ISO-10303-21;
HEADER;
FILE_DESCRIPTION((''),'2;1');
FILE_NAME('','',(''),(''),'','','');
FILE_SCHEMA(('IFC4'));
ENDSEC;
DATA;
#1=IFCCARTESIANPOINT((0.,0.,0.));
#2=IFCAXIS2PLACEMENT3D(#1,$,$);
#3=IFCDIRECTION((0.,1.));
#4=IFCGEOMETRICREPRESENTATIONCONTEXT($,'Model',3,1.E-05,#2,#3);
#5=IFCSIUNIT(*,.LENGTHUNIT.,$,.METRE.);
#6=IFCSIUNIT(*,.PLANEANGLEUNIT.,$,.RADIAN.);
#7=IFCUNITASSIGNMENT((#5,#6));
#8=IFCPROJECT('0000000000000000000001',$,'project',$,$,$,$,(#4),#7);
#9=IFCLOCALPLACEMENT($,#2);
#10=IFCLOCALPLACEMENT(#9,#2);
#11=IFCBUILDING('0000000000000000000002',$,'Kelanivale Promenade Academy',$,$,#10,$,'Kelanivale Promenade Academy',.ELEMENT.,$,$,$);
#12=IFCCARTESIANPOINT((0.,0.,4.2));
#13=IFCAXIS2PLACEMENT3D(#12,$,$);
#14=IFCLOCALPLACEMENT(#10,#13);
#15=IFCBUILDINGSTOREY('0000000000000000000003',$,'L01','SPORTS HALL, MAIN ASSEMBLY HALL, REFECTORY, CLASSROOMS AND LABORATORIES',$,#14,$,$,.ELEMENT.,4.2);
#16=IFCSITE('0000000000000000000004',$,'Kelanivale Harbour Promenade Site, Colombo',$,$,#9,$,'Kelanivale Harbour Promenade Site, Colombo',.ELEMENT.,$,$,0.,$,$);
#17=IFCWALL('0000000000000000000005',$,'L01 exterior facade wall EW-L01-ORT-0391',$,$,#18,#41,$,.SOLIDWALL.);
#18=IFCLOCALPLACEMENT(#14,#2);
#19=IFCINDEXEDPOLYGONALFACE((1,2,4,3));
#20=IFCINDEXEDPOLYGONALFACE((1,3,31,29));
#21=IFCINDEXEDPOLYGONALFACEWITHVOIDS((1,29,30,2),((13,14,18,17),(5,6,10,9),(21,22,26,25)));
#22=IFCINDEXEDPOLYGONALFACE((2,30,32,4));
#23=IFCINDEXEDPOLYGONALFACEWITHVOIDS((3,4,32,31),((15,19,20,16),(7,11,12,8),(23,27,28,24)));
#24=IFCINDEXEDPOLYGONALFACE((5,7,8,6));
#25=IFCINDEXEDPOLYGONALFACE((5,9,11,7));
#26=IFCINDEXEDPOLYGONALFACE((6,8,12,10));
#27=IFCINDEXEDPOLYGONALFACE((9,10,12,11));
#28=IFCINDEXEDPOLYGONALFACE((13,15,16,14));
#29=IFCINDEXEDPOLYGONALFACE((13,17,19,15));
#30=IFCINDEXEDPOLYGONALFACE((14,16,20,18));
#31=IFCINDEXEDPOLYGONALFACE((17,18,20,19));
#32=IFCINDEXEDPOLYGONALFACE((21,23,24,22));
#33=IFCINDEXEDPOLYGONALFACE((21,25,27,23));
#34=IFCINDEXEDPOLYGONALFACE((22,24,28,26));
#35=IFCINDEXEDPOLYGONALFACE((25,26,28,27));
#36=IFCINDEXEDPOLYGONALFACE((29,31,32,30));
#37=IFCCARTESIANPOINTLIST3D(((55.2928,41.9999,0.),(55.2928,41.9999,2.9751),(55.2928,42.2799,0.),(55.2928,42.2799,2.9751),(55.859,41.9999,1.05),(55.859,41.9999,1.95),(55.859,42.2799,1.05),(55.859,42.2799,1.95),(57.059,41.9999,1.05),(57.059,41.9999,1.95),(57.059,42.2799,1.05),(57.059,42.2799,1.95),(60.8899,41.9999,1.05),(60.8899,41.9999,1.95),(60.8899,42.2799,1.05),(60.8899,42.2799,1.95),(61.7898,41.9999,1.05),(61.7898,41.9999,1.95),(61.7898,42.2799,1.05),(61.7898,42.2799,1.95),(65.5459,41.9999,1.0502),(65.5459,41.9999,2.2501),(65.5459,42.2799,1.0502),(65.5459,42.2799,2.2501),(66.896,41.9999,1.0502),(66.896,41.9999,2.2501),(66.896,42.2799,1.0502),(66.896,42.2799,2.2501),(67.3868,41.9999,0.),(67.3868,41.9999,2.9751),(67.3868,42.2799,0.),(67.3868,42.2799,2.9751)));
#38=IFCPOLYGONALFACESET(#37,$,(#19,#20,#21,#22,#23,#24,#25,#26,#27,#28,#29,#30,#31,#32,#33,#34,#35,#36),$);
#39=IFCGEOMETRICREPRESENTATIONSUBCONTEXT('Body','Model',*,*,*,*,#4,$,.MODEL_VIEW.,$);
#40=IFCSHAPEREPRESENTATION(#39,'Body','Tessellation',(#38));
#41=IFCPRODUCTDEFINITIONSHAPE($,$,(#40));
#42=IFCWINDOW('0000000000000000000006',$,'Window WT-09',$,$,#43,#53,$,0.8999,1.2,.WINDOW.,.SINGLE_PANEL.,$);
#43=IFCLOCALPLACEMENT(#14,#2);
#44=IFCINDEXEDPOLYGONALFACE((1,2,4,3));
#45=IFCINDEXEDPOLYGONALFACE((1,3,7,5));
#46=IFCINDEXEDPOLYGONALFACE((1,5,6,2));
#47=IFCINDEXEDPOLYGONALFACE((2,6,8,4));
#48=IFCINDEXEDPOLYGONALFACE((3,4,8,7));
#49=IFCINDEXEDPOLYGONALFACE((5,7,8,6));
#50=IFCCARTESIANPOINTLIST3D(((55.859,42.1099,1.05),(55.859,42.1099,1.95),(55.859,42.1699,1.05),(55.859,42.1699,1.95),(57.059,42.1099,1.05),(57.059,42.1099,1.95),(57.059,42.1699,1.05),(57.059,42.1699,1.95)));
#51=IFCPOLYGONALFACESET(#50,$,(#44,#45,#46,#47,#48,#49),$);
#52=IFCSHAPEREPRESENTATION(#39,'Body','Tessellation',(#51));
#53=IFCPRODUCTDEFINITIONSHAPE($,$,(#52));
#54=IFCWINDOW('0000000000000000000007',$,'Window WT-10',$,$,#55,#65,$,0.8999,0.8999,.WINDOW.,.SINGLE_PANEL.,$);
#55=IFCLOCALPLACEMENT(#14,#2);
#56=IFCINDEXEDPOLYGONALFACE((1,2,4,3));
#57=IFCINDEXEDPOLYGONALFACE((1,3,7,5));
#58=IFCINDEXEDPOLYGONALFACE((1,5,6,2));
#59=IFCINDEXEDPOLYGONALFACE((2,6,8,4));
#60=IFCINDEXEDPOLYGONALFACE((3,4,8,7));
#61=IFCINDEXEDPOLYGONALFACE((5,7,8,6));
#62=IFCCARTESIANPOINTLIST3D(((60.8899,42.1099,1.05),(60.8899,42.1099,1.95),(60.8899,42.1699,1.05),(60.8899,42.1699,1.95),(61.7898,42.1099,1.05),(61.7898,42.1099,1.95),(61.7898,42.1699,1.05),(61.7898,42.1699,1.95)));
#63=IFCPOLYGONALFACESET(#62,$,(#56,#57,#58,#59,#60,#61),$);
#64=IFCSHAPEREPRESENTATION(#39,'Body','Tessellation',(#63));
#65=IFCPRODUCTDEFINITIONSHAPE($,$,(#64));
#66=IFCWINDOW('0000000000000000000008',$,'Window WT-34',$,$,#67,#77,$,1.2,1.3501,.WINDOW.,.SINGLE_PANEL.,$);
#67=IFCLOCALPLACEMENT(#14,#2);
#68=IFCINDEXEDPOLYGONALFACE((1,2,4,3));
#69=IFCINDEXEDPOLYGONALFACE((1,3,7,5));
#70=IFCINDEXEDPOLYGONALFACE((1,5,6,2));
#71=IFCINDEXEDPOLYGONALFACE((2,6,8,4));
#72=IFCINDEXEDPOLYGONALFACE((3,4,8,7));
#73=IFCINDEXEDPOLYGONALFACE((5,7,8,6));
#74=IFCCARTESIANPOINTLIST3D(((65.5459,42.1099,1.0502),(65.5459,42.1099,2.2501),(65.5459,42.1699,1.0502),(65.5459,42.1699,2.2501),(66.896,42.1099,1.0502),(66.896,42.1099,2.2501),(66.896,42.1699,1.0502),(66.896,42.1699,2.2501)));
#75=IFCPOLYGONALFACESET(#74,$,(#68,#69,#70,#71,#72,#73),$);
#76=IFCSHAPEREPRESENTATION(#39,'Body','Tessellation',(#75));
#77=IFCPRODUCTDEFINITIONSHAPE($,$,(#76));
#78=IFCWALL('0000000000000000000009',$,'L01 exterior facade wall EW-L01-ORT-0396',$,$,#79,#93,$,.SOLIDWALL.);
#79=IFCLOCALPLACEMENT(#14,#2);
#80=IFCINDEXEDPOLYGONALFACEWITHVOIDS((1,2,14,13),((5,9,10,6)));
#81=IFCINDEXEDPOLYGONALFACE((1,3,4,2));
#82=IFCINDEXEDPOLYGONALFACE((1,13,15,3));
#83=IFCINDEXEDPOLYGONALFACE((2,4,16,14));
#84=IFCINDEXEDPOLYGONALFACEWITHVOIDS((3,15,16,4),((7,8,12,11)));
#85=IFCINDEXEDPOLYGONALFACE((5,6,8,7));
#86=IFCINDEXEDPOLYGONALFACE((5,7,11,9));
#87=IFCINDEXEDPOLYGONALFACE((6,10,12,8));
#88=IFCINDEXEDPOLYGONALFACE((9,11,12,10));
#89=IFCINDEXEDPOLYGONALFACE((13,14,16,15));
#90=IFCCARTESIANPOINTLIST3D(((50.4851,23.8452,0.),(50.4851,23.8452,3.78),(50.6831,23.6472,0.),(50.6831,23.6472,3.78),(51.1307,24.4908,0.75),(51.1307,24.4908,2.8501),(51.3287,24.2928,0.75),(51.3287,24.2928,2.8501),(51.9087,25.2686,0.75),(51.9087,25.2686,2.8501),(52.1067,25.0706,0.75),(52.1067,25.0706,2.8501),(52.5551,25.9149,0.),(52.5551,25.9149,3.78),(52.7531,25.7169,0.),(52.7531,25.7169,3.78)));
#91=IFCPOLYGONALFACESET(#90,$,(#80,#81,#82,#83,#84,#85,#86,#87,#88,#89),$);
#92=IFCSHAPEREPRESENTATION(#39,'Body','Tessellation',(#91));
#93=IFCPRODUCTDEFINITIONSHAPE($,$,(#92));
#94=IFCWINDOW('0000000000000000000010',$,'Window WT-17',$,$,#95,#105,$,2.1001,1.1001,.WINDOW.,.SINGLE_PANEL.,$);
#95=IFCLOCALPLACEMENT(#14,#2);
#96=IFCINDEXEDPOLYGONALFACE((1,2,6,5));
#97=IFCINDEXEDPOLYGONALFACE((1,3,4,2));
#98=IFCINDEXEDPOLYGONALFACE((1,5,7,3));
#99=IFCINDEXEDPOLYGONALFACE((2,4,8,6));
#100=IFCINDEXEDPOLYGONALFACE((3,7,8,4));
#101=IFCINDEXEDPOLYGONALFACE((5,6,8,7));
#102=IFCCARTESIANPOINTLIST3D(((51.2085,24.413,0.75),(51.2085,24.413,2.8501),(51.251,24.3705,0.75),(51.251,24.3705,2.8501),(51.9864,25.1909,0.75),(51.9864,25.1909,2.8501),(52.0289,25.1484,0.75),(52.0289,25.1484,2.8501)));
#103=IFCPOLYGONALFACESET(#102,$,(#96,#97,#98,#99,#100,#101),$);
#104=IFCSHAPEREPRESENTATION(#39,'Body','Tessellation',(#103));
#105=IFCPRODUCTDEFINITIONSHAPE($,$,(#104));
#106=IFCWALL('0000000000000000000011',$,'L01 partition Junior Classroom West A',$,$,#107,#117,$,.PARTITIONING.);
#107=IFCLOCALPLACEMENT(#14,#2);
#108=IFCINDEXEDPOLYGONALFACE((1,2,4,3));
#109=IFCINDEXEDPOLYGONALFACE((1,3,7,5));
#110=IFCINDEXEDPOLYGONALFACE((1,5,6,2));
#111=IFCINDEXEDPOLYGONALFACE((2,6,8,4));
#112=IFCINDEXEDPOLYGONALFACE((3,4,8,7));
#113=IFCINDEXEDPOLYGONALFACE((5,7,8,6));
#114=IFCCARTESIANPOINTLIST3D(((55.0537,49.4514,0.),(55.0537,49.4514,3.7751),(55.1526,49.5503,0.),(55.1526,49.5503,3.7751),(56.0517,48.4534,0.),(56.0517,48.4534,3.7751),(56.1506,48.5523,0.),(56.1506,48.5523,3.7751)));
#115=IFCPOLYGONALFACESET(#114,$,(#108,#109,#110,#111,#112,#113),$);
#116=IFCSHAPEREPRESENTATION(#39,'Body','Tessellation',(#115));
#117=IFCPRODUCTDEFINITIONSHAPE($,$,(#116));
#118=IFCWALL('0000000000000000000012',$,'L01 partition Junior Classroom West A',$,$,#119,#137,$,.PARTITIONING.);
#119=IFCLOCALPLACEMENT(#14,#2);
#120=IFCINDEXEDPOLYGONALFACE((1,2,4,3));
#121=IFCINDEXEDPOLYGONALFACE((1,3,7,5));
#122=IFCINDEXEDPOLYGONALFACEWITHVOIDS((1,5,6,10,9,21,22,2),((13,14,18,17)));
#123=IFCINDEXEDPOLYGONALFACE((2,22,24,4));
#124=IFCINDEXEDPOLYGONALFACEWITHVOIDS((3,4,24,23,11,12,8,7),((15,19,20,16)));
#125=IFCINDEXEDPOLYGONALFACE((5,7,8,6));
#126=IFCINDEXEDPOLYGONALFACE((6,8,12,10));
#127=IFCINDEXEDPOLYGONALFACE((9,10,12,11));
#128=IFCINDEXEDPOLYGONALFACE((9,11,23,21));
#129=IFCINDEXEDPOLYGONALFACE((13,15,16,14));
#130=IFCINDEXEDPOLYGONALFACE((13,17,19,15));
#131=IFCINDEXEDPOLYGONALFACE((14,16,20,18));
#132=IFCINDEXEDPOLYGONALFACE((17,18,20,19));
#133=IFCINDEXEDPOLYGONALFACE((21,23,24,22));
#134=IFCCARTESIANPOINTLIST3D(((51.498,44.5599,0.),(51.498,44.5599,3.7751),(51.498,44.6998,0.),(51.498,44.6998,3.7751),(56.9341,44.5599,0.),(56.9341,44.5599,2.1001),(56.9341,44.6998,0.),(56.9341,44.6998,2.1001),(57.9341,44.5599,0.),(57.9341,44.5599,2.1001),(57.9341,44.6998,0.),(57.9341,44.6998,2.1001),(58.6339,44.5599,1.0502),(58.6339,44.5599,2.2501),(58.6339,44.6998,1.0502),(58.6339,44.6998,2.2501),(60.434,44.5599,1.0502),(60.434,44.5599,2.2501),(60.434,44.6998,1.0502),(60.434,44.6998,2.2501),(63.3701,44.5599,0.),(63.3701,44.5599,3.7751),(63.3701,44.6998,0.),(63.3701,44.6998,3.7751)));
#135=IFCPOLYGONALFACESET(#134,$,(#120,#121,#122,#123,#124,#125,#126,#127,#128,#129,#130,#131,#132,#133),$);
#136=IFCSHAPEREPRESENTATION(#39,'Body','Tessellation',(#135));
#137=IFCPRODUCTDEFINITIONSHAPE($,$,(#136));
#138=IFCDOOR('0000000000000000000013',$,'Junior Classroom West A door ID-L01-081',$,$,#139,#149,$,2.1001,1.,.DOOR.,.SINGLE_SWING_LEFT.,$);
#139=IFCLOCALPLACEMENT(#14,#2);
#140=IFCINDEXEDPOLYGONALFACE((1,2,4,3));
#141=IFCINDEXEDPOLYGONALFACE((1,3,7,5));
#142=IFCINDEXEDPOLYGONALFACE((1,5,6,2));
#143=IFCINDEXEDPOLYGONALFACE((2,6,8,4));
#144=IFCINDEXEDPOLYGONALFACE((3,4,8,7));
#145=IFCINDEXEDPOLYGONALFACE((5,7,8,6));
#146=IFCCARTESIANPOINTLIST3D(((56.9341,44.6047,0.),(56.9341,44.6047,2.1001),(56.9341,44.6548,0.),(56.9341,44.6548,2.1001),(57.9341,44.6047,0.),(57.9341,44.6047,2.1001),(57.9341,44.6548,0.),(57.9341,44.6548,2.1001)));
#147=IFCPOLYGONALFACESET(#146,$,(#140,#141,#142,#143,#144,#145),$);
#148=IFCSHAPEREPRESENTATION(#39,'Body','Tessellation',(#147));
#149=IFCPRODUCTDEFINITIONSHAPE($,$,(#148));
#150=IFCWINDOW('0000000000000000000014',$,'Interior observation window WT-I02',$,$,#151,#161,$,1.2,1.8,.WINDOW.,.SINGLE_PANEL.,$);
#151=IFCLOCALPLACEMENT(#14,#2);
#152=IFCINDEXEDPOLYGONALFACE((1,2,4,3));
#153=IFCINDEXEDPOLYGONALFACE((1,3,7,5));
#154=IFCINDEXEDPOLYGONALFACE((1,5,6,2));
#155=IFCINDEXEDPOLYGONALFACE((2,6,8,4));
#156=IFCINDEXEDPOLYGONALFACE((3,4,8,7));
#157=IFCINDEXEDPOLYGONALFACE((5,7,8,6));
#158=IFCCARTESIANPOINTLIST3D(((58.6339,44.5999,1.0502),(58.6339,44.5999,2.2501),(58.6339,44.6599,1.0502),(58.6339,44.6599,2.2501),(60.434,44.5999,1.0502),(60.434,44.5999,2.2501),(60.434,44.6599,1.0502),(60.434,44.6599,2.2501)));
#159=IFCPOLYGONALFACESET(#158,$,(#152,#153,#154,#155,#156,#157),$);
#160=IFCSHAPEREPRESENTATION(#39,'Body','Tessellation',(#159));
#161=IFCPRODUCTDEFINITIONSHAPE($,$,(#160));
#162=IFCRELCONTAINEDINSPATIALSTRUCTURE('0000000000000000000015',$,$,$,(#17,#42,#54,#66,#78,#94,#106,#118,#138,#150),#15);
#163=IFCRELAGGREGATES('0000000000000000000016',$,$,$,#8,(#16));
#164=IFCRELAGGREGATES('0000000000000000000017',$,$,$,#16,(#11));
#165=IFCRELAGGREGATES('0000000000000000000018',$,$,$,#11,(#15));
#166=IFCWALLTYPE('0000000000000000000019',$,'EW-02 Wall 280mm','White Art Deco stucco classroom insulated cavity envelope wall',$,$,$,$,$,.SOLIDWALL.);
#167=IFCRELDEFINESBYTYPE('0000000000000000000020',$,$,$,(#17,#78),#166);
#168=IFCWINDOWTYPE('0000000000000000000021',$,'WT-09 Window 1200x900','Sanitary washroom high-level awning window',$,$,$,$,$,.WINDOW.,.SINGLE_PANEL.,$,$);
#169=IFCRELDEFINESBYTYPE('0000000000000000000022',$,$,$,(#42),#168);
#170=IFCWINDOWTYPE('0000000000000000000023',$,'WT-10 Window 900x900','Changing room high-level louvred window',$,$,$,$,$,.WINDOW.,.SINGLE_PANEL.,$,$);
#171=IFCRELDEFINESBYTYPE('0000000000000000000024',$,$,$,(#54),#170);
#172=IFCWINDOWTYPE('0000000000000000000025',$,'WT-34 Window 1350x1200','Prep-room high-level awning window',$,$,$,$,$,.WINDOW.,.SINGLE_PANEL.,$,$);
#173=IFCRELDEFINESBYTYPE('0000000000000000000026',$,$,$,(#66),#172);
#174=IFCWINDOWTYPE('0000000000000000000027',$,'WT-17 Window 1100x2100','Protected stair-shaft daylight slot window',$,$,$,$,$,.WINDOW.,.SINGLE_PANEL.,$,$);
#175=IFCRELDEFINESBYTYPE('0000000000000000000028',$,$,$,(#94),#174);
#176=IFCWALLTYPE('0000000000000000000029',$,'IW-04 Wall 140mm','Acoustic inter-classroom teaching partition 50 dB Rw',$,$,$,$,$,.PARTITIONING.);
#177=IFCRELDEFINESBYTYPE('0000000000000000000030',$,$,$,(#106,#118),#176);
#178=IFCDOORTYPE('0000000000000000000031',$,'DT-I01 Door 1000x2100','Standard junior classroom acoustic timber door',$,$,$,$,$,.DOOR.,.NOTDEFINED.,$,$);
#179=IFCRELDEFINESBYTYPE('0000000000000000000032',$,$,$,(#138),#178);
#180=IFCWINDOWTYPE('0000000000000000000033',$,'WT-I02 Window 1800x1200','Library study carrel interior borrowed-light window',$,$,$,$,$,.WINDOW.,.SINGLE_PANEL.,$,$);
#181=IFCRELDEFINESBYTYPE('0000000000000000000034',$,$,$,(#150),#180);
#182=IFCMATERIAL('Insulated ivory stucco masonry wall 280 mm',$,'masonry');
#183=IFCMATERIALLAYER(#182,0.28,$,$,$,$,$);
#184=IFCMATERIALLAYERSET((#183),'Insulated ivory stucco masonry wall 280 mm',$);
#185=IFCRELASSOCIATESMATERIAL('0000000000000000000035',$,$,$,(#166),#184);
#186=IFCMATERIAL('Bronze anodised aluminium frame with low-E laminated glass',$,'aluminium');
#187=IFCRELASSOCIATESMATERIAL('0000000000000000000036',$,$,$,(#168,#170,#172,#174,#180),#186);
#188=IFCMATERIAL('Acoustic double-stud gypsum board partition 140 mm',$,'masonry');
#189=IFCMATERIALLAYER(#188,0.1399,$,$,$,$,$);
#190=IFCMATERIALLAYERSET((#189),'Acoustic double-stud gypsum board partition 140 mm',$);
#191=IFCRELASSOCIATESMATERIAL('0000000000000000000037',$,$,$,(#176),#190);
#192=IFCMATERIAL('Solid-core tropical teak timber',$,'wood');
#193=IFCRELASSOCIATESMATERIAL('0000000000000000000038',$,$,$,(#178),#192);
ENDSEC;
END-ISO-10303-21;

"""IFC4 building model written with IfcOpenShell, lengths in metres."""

from ifc_helpers import new_model, si_unit, direction, frame, frame_2d, origin, place, context, subcontext, project, spatial, rectangle, extrude, material, layer, layer_set, type_object, element, fill, save


model = new_model("IFC4")

# Units and contexts
model_context = context("Model", 3, precision=1e-05, world=origin(), true_north=direction((0.0, 1.0)))
body_context = subcontext(model_context, "Body", "Model", "MODEL_VIEW")
ifc_project = project(units=[si_unit("LENGTHUNIT", "METRE"), si_unit("PLANEANGLEUNIT", "RADIAN")], contexts=[model_context])

# Site, building, storey
site_placement = place(None, origin())
site = spatial("IfcSite", under=ifc_project, at=site_placement, Name="Kelanivale Harbour Promenade Site, Colombo", LongName="Kelanivale Harbour Promenade Site, Colombo", CompositionType="ELEMENT", RefElevation=0.0)
building_placement = place(site_placement, origin())
building = spatial("IfcBuilding", under=site, at=building_placement, Name="Kelanivale Promenade Academy", LongName="Kelanivale Promenade Academy", CompositionType="ELEMENT")
storey_placement = place(building_placement, frame((0.0, 0.0, 4.2)))
storey = spatial("IfcBuildingStorey", under=building, at=storey_placement, Name="L01", Description="SPORTS HALL, MAIN ASSEMBLY HALL, REFECTORY, CLASSROOMS AND LABORATORIES", CompositionType="ELEMENT", Elevation=4.2)

# Wall, openings, windows
ifc_material_1 = material(Name="Insulated ivory stucco masonry wall 280 mm", Category="masonry")
ifc_layer_1 = layer(ifc_material_1, 0.28)
ifc_layer_set_1 = layer_set([ifc_layer_1], Name="Insulated ivory stucco masonry wall 280 mm")
wall_type_1 = type_object("IfcWallType", Name="EW-02 Wall 280mm", Description="White Art Deco stucco classroom insulated cavity envelope wall", PredefinedType="SOLIDWALL", material=ifc_layer_set_1)
wall_1_placement = place(storey_placement, frame((55.293, 42.1399, 0.0), z_axis=(0.0, 0.0, 1.0), x_axis=(1.0, 0.0, 0.0)))
wall_1 = element("IfcWall", 1, at=wall_1_placement, inside=storey, type_object=wall_type_1, Name="L01 exterior facade wall EW-L01-ORT-0391", PredefinedType="SOLIDWALL", context=body_context, shape_type="SweptSolid", body=[
    extrude(rectangle(XDim=12.094, YDim=0.28, at=frame_2d((6.0469, 0.0))), origin(), (0.0, 0.0, 1.0), 2.9751),
])
opening_1_placement = place(wall_1_placement, frame((0.5659, 0.0, 1.05)))
opening_1 = element("IfcOpeningElement", 2, at=opening_1_placement, cuts=wall_1, PredefinedType="OPENING", context=body_context, shape_type="SweptSolid", body=[
    extrude(rectangle(XDim=1.2, YDim=0.8999, at=frame_2d((0.6001, 0.45))), frame((0.0, 0.1499, 0.0), z_axis=(0.0, -1.0, 0.0), x_axis=(1.0, 0.0, 0.0)), (0.0, 0.0, 1.0), 0.3),
])
opening_2_placement = place(wall_1_placement, frame((5.5969, 0.0, 1.05)))
opening_2 = element("IfcOpeningElement", 3, at=opening_2_placement, cuts=wall_1, PredefinedType="OPENING", context=body_context, shape_type="SweptSolid", body=[
    extrude(rectangle(XDim=0.8999, YDim=0.8999, at=frame_2d((0.45, 0.45))), frame((0.0, 0.1499, 0.0), z_axis=(0.0, -1.0, 0.0), x_axis=(1.0, 0.0, 0.0)), (0.0, 0.0, 1.0), 0.3),
])
opening_3_placement = place(wall_1_placement, frame((10.2529, 0.0, 1.05)))
opening_3 = element("IfcOpeningElement", 4, at=opening_3_placement, cuts=wall_1, PredefinedType="OPENING", context=body_context, shape_type="SweptSolid", body=[
    extrude(rectangle(XDim=1.3501, YDim=1.2, at=frame_2d((0.675, 0.6001))), frame((0.0, 0.1499, 0.0), z_axis=(0.0, -1.0, 0.0), x_axis=(1.0, 0.0, 0.0)), (0.0, 0.0, 1.0), 0.3),
])
ifc_material_2 = material(Name="Bronze anodised aluminium frame with low-E laminated glass", Category="aluminium")
window_type_1 = type_object("IfcWindowType", Name="WT-09 Window 1200x900", Description="Sanitary washroom high-level awning window", PartitioningType="SINGLE_PANEL", PredefinedType="WINDOW", material=ifc_material_2)
window_1_placement = place(opening_1_placement, origin())
window_1 = element("IfcWindow", 5, at=window_1_placement, inside=storey, type_object=window_type_1, Name="Window WT-09", OverallHeight=0.8999, OverallWidth=1.2, PartitioningType="SINGLE_PANEL", PredefinedType="WINDOW", context=body_context, shape_type="SweptSolid", body=[
    extrude(rectangle(XDim=1.2, YDim=0.8999, at=frame_2d((0.6001, 0.45))), frame((0.0, 0.03, 0.0), z_axis=(0.0, -1.0, 0.0), x_axis=(1.0, 0.0, 0.0)), (0.0, 0.0, 1.0), 0.0601),
])
fill(opening_1, window_1)
window_type_2 = type_object("IfcWindowType", Name="WT-10 Window 900x900", Description="Changing room high-level louvred window", PartitioningType="SINGLE_PANEL", PredefinedType="WINDOW", material=ifc_material_2)
window_2_placement = place(opening_2_placement, origin())
window_2 = element("IfcWindow", 6, at=window_2_placement, inside=storey, type_object=window_type_2, Name="Window WT-10", OverallHeight=0.8999, OverallWidth=0.8999, PartitioningType="SINGLE_PANEL", PredefinedType="WINDOW", context=body_context, shape_type="SweptSolid", body=[
    extrude(rectangle(XDim=0.8999, YDim=0.8999, at=frame_2d((0.45, 0.45))), frame((0.0, 0.03, 0.0), z_axis=(0.0, -1.0, 0.0), x_axis=(1.0, 0.0, 0.0)), (0.0, 0.0, 1.0), 0.0601),
])
fill(opening_2, window_2)
window_type_3 = type_object("IfcWindowType", Name="WT-34 Window 1350x1200", Description="Prep-room high-level awning window", PartitioningType="SINGLE_PANEL", PredefinedType="WINDOW", material=ifc_material_2)
window_3_placement = place(opening_3_placement, origin())
window_3 = element("IfcWindow", 7, at=window_3_placement, inside=storey, type_object=window_type_3, Name="Window WT-34", OverallHeight=1.2, OverallWidth=1.3501, PartitioningType="SINGLE_PANEL", PredefinedType="WINDOW", context=body_context, shape_type="SweptSolid", body=[
    extrude(rectangle(XDim=1.3501, YDim=1.2, at=frame_2d((0.675, 0.6001))), frame((0.0, 0.03, 0.0), z_axis=(0.0, -1.0, 0.0), x_axis=(1.0, 0.0, 0.0)), (0.0, 0.0, 1.0), 0.0601),
])
fill(opening_3, window_3)

# Wall, opening, window
wall_2_placement = place(storey_placement, frame((52.6541, 25.8159, 0.0), z_axis=(0.0, 0.0, 1.0), x_axis=(-0.707148, -0.707065, 0.0)))
wall_2 = element("IfcWall", 8, at=wall_2_placement, inside=storey, type_object=wall_type_1, Name="L01 exterior facade wall EW-L01-ORT-0396", PredefinedType="SOLIDWALL", context=body_context, shape_type="SweptSolid", body=[
    extrude(rectangle(XDim=2.9272, YDim=0.28, at=frame_2d((1.4636, 0.0))), origin(), (0.0, 0.0, 1.0), 3.78),
])
opening_4_placement = place(wall_2_placement, frame((0.9141, 0.0, 0.75)))
opening_4 = element("IfcOpeningElement", 9, at=opening_4_placement, cuts=wall_2, PredefinedType="OPENING", context=body_context, shape_type="SweptSolid", body=[
    extrude(rectangle(XDim=1.1001, YDim=2.1001, at=frame_2d((0.55, 1.05))), frame((0.0, 0.1499, 0.0), z_axis=(0.0, -1.0, 0.0), x_axis=(1.0, 0.0, 0.0)), (0.0, 0.0, 1.0), 0.3),
])
window_type_4 = type_object("IfcWindowType", Name="WT-17 Window 1100x2100", Description="Protected stair-shaft daylight slot window", PartitioningType="SINGLE_PANEL", PredefinedType="WINDOW", material=ifc_material_2)
window_4_placement = place(opening_4_placement, origin())
window_4 = element("IfcWindow", 10, at=window_4_placement, inside=storey, type_object=window_type_4, Name="Window WT-17", OverallHeight=2.1001, OverallWidth=1.1001, PartitioningType="SINGLE_PANEL", PredefinedType="WINDOW", context=body_context, shape_type="SweptSolid", body=[
    extrude(rectangle(XDim=1.1001, YDim=2.1001, at=frame_2d((0.55, 1.05))), frame((0.0, 0.03, 0.0), z_axis=(0.0, -1.0, 0.0), x_axis=(1.0, 0.0, 0.0)), (0.0, 0.0, 1.0), 0.0601),
])
fill(opening_4, window_4)

# Wall
ifc_material_3 = material(Name="Acoustic double-stud gypsum board partition 140 mm", Category="masonry")
ifc_layer_2 = layer(ifc_material_3, 0.1399)
ifc_layer_set_2 = layer_set([ifc_layer_2], Name="Acoustic double-stud gypsum board partition 140 mm")
wall_type_2 = type_object("IfcWallType", Name="IW-04 Wall 140mm", Description="Acoustic inter-classroom teaching partition 50 dB Rw", PredefinedType="PARTITIONING", material=ifc_layer_set_2)
wall_3_placement = place(storey_placement, frame((56.1011, 48.5029, 0.0), z_axis=(0.0, 0.0, 1.0), x_axis=(-0.707107, 0.707107, 0.0)))
element("IfcWall", 11, at=wall_3_placement, inside=storey, type_object=wall_type_2, Name="L01 partition Junior Classroom West A", PredefinedType="PARTITIONING", context=body_context, shape_type="SweptSolid", body=[
    extrude(rectangle(XDim=1.4114, YDim=0.1399, at=frame_2d((0.7056, 0.0))), origin(), (0.0, 0.0, 1.0), 3.7751),
])

# Wall, openings, door, window
wall_4_placement = place(storey_placement, frame((51.498, 44.6299, 0.0), z_axis=(0.0, 0.0, 1.0), x_axis=(1.0, 0.0, 0.0)))
wall_4 = element("IfcWall", 12, at=wall_4_placement, inside=storey, type_object=wall_type_2, Name="L01 partition Junior Classroom West A", PredefinedType="PARTITIONING", context=body_context, shape_type="SweptSolid", body=[
    extrude(rectangle(XDim=11.8721, YDim=0.1399, at=frame_2d((5.936, 0.0))), origin(), (0.0, 0.0, 1.0), 3.7751),
])
opening_5_placement = place(wall_4_placement, frame((5.436, 0.0, 0.0)))
opening_5 = element("IfcOpeningElement", 13, at=opening_5_placement, cuts=wall_4, PredefinedType="OPENING", context=body_context, shape_type="SweptSolid", body=[
    extrude(rectangle(XDim=1.0, YDim=2.1001, at=frame_2d((0.5, 1.05))), frame((0.0, 0.0801, 0.0), z_axis=(0.0, -1.0, 0.0), x_axis=(1.0, 0.0, 0.0)), (0.0, 0.0, 1.0), 0.1599),
])
opening_6_placement = place(wall_4_placement, frame((7.136, 0.0, 1.05)))
opening_6 = element("IfcOpeningElement", 14, at=opening_6_placement, cuts=wall_4, PredefinedType="OPENING", context=body_context, shape_type="SweptSolid", body=[
    extrude(rectangle(XDim=1.8, YDim=1.2, at=frame_2d((0.8999, 0.6001))), frame((0.0, 0.0801, 0.0), z_axis=(0.0, -1.0, 0.0), x_axis=(1.0, 0.0, 0.0)), (0.0, 0.0, 1.0), 0.1599),
])
ifc_material_4 = material(Name="Solid-core tropical teak timber", Category="wood")
door_type_1 = type_object("IfcDoorType", Name="DT-I01 Door 1000x2100", Description="Standard junior classroom acoustic timber door", OperationType="NOTDEFINED", PredefinedType="DOOR", material=ifc_material_4)
door_1_placement = place(opening_5_placement, origin())
door_1 = element("IfcDoor", 15, at=door_1_placement, inside=storey, type_object=door_type_1, Name="Junior Classroom West A door ID-L01-081", OperationType="SINGLE_SWING_LEFT", OverallHeight=2.1001, OverallWidth=1.0, PredefinedType="DOOR", context=body_context, shape_type="SweptSolid", body=[
    extrude(rectangle(XDim=1.0, YDim=2.1001, at=frame_2d((0.5, 1.05))), frame((0.0, 0.0249, 0.0), z_axis=(0.0, -1.0, 0.0), x_axis=(1.0, 0.0, 0.0)), (0.0, 0.0, 1.0), 0.05),
])
fill(opening_5, door_1)
window_type_5 = type_object("IfcWindowType", Name="WT-I02 Window 1800x1200", Description="Library study carrel interior borrowed-light window", PartitioningType="SINGLE_PANEL", PredefinedType="WINDOW", material=ifc_material_2)
window_5_placement = place(opening_6_placement, origin())
window_5 = element("IfcWindow", 16, at=window_5_placement, inside=storey, type_object=window_type_5, Name="Interior observation window WT-I02", OverallHeight=1.2, OverallWidth=1.8, PartitioningType="SINGLE_PANEL", PredefinedType="WINDOW", context=body_context, shape_type="SweptSolid", body=[
    extrude(rectangle(XDim=1.8, YDim=1.2, at=frame_2d((0.8999, 0.6001))), frame((0.0, 0.03, 0.0), z_axis=(0.0, -1.0, 0.0), x_axis=(1.0, 0.0, 0.0)), (0.0, 0.0, 1.0), 0.0601),
])
fill(opening_6, window_5)

save(model, "model.ifc")
